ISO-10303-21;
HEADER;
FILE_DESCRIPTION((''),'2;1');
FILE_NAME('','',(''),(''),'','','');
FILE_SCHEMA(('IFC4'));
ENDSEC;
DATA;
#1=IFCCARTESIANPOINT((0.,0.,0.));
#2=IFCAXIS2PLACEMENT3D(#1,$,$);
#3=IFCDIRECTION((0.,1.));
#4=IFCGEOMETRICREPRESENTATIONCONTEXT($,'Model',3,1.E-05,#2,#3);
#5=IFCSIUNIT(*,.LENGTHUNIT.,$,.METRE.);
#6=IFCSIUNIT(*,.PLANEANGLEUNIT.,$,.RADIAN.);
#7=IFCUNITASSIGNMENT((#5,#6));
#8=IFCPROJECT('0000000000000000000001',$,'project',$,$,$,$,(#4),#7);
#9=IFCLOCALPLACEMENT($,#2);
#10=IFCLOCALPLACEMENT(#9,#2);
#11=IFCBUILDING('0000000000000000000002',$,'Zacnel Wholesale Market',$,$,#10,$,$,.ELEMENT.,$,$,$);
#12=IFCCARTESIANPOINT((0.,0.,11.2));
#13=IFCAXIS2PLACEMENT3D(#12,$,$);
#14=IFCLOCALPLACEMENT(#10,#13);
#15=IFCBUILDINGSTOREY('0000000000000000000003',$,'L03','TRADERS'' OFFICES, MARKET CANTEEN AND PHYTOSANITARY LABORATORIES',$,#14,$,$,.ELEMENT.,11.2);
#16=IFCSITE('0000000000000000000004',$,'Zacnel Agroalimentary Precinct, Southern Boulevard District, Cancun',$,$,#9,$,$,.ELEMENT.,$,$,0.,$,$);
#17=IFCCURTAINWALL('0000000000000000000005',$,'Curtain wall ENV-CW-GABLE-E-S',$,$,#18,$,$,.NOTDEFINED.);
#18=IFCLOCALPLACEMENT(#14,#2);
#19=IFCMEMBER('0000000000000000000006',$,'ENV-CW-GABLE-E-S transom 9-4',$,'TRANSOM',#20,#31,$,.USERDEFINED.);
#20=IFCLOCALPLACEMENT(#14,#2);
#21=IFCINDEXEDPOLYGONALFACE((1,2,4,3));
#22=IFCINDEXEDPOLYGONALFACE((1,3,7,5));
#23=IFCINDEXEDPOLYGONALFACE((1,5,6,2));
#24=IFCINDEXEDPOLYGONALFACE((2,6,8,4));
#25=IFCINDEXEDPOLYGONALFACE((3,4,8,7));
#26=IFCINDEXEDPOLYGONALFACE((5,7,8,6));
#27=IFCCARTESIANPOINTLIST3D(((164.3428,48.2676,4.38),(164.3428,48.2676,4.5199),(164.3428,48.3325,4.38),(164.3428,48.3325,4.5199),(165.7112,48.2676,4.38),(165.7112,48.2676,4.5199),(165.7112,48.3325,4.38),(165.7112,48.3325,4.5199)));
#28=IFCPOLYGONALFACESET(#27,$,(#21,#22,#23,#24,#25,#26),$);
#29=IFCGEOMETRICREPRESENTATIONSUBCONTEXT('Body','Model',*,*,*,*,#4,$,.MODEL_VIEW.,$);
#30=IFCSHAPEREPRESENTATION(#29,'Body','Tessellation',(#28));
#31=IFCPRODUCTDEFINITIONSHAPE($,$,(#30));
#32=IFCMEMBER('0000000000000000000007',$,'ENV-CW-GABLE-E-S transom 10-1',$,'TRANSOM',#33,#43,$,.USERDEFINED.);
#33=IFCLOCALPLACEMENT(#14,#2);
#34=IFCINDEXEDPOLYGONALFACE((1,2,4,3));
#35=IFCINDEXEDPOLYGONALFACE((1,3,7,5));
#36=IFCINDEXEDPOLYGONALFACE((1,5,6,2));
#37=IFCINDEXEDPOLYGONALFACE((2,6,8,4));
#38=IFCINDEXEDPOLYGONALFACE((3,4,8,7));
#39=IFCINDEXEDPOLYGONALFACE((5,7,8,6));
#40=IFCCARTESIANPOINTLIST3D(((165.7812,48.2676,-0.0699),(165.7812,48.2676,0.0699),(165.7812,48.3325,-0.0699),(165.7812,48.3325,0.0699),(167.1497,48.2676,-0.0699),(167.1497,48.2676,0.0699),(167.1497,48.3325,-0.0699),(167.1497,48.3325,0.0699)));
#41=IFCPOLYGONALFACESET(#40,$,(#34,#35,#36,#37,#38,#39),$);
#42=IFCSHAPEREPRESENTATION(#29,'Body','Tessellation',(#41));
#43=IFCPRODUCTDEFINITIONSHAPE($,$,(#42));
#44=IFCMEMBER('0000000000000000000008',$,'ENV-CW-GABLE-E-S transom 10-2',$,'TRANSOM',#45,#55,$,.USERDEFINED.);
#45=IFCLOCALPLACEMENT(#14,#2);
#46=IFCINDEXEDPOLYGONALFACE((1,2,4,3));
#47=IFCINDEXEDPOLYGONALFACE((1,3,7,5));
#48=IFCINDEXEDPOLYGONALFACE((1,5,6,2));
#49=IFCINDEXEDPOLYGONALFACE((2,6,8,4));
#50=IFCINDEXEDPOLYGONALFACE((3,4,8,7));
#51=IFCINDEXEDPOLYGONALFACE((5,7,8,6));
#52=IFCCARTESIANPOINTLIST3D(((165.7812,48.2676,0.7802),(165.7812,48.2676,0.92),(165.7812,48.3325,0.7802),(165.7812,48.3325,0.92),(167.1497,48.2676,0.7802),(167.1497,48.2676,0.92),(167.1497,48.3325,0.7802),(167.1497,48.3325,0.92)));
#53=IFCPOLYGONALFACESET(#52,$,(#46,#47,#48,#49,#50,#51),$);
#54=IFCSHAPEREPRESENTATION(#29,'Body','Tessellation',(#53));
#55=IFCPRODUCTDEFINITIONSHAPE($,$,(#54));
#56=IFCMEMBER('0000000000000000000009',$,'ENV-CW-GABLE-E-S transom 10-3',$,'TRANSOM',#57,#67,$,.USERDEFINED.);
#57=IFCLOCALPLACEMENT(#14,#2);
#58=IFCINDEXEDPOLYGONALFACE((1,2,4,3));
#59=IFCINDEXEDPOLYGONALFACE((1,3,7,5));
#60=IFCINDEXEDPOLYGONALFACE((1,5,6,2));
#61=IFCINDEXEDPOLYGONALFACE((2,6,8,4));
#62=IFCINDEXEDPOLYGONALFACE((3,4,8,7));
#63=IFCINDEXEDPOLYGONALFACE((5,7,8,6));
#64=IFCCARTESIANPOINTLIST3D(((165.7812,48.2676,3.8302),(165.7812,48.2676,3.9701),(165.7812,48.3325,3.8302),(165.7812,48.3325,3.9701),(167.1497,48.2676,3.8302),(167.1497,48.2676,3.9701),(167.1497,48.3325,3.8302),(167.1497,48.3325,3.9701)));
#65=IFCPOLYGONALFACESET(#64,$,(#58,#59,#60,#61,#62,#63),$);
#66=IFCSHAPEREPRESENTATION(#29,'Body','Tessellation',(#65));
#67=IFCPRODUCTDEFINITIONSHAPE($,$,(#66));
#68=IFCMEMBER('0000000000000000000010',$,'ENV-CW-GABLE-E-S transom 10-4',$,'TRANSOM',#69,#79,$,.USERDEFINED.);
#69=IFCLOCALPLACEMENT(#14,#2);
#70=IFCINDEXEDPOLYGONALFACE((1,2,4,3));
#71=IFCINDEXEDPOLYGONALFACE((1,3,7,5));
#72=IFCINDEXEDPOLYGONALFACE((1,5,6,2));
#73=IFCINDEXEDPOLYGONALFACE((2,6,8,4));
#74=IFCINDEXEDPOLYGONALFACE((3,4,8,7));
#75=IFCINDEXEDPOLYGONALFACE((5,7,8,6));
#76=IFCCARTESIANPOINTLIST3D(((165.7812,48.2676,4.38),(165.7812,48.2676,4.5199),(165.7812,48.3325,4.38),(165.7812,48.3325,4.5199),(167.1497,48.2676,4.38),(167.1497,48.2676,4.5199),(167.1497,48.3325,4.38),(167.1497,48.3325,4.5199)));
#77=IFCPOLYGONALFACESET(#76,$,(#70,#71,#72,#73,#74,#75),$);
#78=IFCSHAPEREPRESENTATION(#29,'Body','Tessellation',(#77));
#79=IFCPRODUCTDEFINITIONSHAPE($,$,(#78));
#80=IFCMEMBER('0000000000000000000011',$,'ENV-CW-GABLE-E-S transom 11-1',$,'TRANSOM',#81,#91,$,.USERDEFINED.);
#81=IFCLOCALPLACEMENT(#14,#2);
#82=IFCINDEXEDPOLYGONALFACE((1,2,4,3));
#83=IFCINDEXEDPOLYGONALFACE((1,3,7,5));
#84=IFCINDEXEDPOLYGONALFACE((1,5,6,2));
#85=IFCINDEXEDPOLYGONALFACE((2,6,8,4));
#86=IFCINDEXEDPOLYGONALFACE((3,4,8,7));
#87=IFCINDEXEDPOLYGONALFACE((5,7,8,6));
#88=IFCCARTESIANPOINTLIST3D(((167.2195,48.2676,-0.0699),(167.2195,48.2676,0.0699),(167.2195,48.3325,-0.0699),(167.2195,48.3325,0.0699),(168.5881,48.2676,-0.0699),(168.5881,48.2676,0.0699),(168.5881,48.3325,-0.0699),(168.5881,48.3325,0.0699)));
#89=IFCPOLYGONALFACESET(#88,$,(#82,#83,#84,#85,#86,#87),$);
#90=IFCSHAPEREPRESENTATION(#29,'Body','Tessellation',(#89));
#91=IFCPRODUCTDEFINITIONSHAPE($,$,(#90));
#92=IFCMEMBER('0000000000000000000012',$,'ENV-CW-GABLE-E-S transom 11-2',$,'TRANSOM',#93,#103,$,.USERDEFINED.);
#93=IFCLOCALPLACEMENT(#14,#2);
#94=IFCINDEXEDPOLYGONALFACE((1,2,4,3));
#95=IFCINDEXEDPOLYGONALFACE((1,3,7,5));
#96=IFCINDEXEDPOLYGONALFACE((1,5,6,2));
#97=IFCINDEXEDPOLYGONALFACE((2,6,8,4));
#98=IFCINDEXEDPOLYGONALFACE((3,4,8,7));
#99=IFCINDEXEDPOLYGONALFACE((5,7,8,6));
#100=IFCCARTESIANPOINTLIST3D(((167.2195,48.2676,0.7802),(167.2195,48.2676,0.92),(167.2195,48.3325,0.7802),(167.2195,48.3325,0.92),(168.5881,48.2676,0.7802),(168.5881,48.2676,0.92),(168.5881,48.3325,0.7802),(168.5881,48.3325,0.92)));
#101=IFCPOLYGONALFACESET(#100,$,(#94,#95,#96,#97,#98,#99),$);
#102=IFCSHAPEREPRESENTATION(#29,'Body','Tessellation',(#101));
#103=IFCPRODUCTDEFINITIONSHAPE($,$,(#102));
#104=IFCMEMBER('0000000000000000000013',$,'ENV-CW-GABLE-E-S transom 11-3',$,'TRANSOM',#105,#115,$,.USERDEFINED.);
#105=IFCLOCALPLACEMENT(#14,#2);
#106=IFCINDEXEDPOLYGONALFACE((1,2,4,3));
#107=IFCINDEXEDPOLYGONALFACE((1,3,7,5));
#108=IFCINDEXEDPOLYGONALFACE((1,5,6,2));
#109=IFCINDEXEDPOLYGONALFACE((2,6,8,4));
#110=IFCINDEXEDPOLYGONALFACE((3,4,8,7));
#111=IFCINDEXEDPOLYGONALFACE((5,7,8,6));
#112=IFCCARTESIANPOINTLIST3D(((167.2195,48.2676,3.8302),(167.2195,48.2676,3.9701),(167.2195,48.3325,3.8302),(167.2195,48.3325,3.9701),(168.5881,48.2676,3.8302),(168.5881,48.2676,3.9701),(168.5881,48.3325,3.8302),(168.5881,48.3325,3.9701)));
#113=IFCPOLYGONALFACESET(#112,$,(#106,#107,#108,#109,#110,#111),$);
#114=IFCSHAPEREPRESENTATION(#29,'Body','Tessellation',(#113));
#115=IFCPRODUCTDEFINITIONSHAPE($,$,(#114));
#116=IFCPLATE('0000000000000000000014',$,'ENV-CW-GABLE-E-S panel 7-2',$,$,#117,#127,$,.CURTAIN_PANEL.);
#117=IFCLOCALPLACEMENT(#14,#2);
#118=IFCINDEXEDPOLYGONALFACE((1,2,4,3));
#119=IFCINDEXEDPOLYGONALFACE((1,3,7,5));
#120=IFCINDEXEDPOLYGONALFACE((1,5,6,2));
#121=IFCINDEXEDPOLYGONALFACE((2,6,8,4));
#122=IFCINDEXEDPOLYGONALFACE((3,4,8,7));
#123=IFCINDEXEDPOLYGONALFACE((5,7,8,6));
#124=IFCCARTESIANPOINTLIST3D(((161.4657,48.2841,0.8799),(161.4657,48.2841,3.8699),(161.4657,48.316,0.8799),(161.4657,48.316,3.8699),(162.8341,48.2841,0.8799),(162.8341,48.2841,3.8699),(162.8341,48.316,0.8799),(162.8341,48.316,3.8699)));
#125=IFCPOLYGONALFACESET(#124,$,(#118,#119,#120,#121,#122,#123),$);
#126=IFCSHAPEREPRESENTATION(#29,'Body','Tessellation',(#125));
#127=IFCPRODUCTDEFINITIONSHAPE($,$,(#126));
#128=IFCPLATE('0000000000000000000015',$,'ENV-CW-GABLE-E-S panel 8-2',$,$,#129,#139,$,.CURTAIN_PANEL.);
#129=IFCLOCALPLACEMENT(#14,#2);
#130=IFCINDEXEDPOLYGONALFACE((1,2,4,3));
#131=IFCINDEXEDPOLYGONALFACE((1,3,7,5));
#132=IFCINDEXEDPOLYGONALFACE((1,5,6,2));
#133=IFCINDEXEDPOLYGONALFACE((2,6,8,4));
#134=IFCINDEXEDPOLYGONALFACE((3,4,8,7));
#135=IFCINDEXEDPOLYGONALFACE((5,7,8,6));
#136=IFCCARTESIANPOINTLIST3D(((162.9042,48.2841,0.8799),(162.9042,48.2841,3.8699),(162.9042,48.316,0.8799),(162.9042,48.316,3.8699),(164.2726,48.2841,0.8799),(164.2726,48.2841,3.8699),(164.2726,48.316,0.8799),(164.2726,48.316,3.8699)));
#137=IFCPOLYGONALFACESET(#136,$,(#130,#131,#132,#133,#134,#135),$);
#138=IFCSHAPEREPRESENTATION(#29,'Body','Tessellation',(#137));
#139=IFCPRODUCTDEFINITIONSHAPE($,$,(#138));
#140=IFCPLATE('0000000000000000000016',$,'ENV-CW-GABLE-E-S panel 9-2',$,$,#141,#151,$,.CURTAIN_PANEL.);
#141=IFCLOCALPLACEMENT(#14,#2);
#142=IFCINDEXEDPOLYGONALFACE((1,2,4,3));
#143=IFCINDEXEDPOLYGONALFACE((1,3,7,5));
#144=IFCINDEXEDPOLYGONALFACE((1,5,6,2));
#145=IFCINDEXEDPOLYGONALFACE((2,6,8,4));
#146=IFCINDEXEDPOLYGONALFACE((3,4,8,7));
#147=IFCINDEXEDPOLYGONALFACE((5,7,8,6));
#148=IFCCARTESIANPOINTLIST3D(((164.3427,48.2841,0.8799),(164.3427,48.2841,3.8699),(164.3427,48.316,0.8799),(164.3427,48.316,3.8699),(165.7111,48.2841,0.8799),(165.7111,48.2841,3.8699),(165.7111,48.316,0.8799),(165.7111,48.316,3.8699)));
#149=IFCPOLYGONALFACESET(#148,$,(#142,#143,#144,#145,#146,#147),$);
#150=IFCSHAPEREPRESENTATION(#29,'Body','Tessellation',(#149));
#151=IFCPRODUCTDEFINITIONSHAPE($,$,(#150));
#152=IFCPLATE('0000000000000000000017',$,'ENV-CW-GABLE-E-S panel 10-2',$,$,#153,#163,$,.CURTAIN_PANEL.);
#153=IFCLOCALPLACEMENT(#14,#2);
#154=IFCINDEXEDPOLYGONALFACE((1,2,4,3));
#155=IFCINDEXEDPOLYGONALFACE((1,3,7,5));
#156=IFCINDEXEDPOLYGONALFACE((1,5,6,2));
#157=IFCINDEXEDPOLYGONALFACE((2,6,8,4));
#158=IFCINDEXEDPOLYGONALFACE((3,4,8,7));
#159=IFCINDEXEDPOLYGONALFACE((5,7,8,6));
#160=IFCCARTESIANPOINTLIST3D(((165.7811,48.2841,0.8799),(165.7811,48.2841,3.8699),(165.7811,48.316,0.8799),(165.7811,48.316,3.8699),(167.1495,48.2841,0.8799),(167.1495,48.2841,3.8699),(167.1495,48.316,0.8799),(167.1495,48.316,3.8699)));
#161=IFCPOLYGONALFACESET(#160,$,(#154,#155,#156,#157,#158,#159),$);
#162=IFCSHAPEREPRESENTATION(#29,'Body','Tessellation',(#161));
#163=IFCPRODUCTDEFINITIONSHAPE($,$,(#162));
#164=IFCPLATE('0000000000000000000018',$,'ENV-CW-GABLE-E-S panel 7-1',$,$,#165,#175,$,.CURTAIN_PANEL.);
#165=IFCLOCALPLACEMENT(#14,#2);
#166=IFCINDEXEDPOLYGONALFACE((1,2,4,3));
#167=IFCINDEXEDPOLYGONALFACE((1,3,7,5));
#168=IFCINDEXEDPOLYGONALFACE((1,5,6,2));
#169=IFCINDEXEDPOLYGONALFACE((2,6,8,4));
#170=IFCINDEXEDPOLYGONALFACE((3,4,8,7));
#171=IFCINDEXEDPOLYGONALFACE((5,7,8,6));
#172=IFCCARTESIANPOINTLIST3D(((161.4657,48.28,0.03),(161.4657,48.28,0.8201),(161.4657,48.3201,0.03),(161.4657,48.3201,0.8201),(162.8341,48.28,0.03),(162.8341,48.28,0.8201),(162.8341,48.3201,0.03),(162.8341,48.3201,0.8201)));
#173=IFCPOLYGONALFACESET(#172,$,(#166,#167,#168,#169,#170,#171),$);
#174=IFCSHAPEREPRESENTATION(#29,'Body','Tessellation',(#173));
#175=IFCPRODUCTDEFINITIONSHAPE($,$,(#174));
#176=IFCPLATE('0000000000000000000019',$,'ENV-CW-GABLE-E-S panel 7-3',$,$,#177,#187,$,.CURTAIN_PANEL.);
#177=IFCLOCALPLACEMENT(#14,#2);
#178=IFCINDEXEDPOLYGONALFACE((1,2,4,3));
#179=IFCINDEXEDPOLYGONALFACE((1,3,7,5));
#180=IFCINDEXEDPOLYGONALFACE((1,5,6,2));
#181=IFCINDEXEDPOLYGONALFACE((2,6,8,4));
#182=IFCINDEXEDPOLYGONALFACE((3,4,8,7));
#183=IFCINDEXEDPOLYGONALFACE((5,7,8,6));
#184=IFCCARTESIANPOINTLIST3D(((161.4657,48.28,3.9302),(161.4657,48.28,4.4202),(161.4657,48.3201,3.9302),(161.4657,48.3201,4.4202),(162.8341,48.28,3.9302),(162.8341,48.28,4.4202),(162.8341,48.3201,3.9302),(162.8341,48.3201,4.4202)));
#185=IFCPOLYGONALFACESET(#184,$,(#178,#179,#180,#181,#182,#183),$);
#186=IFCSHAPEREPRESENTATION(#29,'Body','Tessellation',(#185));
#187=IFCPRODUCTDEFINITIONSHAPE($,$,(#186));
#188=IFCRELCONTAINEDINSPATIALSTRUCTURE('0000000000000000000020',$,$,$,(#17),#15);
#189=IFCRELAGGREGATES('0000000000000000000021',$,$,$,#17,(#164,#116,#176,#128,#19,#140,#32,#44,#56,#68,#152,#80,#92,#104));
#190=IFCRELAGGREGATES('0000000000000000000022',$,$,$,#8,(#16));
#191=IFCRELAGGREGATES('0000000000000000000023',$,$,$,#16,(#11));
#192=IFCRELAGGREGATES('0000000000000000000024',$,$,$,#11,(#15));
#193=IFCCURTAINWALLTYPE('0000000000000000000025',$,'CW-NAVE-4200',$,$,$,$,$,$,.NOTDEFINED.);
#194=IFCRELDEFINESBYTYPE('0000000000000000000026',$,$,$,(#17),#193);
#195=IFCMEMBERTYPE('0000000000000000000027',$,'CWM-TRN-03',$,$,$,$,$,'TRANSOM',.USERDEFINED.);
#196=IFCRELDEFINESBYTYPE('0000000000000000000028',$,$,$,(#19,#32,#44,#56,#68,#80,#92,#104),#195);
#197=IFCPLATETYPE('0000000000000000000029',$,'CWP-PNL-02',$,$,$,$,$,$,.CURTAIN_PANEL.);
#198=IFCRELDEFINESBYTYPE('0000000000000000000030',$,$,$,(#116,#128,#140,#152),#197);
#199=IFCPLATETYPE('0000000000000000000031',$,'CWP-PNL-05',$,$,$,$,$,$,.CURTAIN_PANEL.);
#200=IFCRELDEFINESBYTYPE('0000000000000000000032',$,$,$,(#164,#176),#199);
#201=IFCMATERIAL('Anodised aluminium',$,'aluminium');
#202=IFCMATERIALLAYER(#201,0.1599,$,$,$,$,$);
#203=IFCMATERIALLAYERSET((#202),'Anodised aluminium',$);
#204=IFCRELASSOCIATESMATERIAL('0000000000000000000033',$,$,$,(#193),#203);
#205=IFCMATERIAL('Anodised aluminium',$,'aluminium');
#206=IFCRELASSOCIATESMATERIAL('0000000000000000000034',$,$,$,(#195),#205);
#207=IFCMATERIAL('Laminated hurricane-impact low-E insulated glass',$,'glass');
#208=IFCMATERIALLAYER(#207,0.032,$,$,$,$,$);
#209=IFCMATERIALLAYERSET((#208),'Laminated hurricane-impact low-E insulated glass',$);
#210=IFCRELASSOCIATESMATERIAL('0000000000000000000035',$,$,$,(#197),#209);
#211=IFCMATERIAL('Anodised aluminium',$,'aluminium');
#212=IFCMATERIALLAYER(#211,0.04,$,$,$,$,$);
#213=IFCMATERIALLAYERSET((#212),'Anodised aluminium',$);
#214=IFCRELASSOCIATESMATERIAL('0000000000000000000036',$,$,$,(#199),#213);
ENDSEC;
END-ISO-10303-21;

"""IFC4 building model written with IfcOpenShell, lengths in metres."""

from ifc_helpers import new_model, si_unit, direction, frame, origin, origin_2d, place, context, subcontext, project, spatial, rectangle, extrude, material, layer, layer_set, material_profile, profile_set, type_object, element, aggregate, save


model = new_model("IFC4")

# Units and contexts
model_context = context("Model", 3, precision=1e-05, world=origin(), true_north=direction((0.0, 1.0)))
body_context = subcontext(model_context, "Body", "Model", "MODEL_VIEW")
ifc_project = project(units=[si_unit("LENGTHUNIT", "METRE"), si_unit("PLANEANGLEUNIT", "RADIAN")], contexts=[model_context])

# Site, building, storey
site_placement = place(None, origin())
site = spatial("IfcSite", under=ifc_project, at=site_placement, Name="Zacnel Agroalimentary Precinct, Southern Boulevard District, Cancun", CompositionType="ELEMENT", RefElevation=0.0)
building_placement = place(site_placement, origin())
building = spatial("IfcBuilding", under=site, at=building_placement, Name="Zacnel Wholesale Market", CompositionType="ELEMENT")
storey_placement = place(building_placement, frame((0.0, 0.0, 11.2)))
storey = spatial("IfcBuildingStorey", under=building, at=storey_placement, Name="L03", Description="TRADERS' OFFICES, MARKET CANTEEN AND PHYTOSANITARY LABORATORIES", CompositionType="ELEMENT", Elevation=11.2)

# Curtain wall, members, plates
ifc_material_1 = material(Name="Anodised aluminium", Category="aluminium")
ifc_layer_1 = layer(ifc_material_1, 0.1599)
ifc_layer_set_1 = layer_set([ifc_layer_1], Name="Anodised aluminium")
curtain_wall_type = type_object("IfcCurtainWallType", Name="CW-NAVE-4200", PredefinedType="NOTDEFINED", material=ifc_layer_set_1)
curtain_wall_placement = place(storey_placement, origin())
curtain_wall = element("IfcCurtainWall", 1, at=curtain_wall_placement, inside=storey, type_object=curtain_wall_type, Name="Curtain wall ENV-CW-GABLE-E-S", PredefinedType="NOTDEFINED")
ifc_material_2 = material(Name="Anodised aluminium", Category="aluminium")
ifc_material_profile_1 = material_profile(ifc_material_2, rectangle(XDim=0.0649, YDim=0.1399, at=origin_2d()), Name="AW-TRANSOM 65x140")
ifc_profile_set_1 = profile_set([ifc_material_profile_1], Name="Anodised aluminium")
member_type_1 = type_object("IfcMemberType", Name="CWM-TRN-03", ElementType="TRANSOM", PredefinedType="USERDEFINED", material=ifc_profile_set_1)
member_1_placement = place(storey_placement, frame((164.3428, 48.3, 4.45), z_axis=(1.0, 0.0, 0.0), x_axis=(0.0, 1.0, 0.0)))
member_1 = element("IfcMember", 2, at=member_1_placement, type_object=member_type_1, Name="ENV-CW-GABLE-E-S transom 9-4", ObjectType="TRANSOM", PredefinedType="USERDEFINED", context=body_context, shape_type="SweptSolid", body=[
    extrude(rectangle(XDim=0.0649, YDim=0.1399, at=origin_2d()), origin(), (0.0, 0.0, 1.0), 1.3684),
])
member_2_placement = place(storey_placement, frame((165.7812, 48.3, 0.0), z_axis=(1.0, 0.0, 0.0), x_axis=(0.0, 1.0, 0.0)))
member_2 = element("IfcMember", 3, at=member_2_placement, type_object=member_type_1, Name="ENV-CW-GABLE-E-S transom 10-1", ObjectType="TRANSOM", PredefinedType="USERDEFINED", context=body_context, shape_type="SweptSolid", body=[
    extrude(rectangle(XDim=0.0649, YDim=0.1399, at=origin_2d()), origin(), (0.0, 0.0, 1.0), 1.3684),
])
member_3_placement = place(storey_placement, frame((165.7812, 48.3, 0.8501), z_axis=(1.0, 0.0, 0.0), x_axis=(0.0, 1.0, 0.0)))
member_3 = element("IfcMember", 4, at=member_3_placement, type_object=member_type_1, Name="ENV-CW-GABLE-E-S transom 10-2", ObjectType="TRANSOM", PredefinedType="USERDEFINED", context=body_context, shape_type="SweptSolid", body=[
    extrude(rectangle(XDim=0.0649, YDim=0.1399, at=origin_2d()), origin(), (0.0, 0.0, 1.0), 1.3684),
])
member_4_placement = place(storey_placement, frame((165.7812, 48.3, 3.9001), z_axis=(1.0, 0.0, 0.0), x_axis=(0.0, 1.0, 0.0)))
member_4 = element("IfcMember", 5, at=member_4_placement, type_object=member_type_1, Name="ENV-CW-GABLE-E-S transom 10-3", ObjectType="TRANSOM", PredefinedType="USERDEFINED", context=body_context, shape_type="SweptSolid", body=[
    extrude(rectangle(XDim=0.0649, YDim=0.1399, at=origin_2d()), origin(), (0.0, 0.0, 1.0), 1.3684),
])
member_5_placement = place(storey_placement, frame((165.7812, 48.3, 4.45), z_axis=(1.0, 0.0, 0.0), x_axis=(0.0, 1.0, 0.0)))
member_5 = element("IfcMember", 6, at=member_5_placement, type_object=member_type_1, Name="ENV-CW-GABLE-E-S transom 10-4", ObjectType="TRANSOM", PredefinedType="USERDEFINED", context=body_context, shape_type="SweptSolid", body=[
    extrude(rectangle(XDim=0.0649, YDim=0.1399, at=origin_2d()), origin(), (0.0, 0.0, 1.0), 1.3684),
])
member_6_placement = place(storey_placement, frame((167.2195, 48.3, 0.0), z_axis=(1.0, 0.0, 0.0), x_axis=(0.0, 1.0, 0.0)))
member_6 = element("IfcMember", 7, at=member_6_placement, type_object=member_type_1, Name="ENV-CW-GABLE-E-S transom 11-1", ObjectType="TRANSOM", PredefinedType="USERDEFINED", context=body_context, shape_type="SweptSolid", body=[
    extrude(rectangle(XDim=0.0649, YDim=0.1399, at=origin_2d()), origin(), (0.0, 0.0, 1.0), 1.3687),
])
member_7_placement = place(storey_placement, frame((167.2195, 48.3, 0.8501), z_axis=(1.0, 0.0, 0.0), x_axis=(0.0, 1.0, 0.0)))
member_7 = element("IfcMember", 8, at=member_7_placement, type_object=member_type_1, Name="ENV-CW-GABLE-E-S transom 11-2", ObjectType="TRANSOM", PredefinedType="USERDEFINED", context=body_context, shape_type="SweptSolid", body=[
    extrude(rectangle(XDim=0.0649, YDim=0.1399, at=origin_2d()), origin(), (0.0, 0.0, 1.0), 1.3687),
])
member_8_placement = place(storey_placement, frame((167.2195, 48.3, 3.9001), z_axis=(1.0, 0.0, 0.0), x_axis=(0.0, 1.0, 0.0)))
member_8 = element("IfcMember", 9, at=member_8_placement, type_object=member_type_1, Name="ENV-CW-GABLE-E-S transom 11-3", ObjectType="TRANSOM", PredefinedType="USERDEFINED", context=body_context, shape_type="SweptSolid", body=[
    extrude(rectangle(XDim=0.0649, YDim=0.1399, at=origin_2d()), origin(), (0.0, 0.0, 1.0), 1.3687),
])
ifc_material_3 = material(Name="Laminated hurricane-impact low-E insulated glass", Category="glass")
ifc_layer_2 = layer(ifc_material_3, 0.032)
ifc_layer_set_2 = layer_set([ifc_layer_2], Name="Laminated hurricane-impact low-E insulated glass")
plate_type_1 = type_object("IfcPlateType", Name="CWP-PNL-02", PredefinedType="CURTAIN_PANEL", material=ifc_layer_set_2)
plate_1_placement = place(storey_placement, frame((162.1499, 48.3, 0.8799), z_axis=(0.0, 0.0, 1.0), x_axis=(1.0, 0.0, 0.0)))
plate_1 = element("IfcPlate", 10, at=plate_1_placement, type_object=plate_type_1, Name="ENV-CW-GABLE-E-S panel 7-2", PredefinedType="CURTAIN_PANEL", context=body_context, shape_type="SweptSolid", body=[
    extrude(rectangle(XDim=1.3684, YDim=0.032, at=origin_2d()), origin(), (0.0, 0.0, 1.0), 2.99),
])
plate_2_placement = place(storey_placement, frame((163.5884, 48.3, 0.8799), z_axis=(0.0, 0.0, 1.0), x_axis=(1.0, 0.0, 0.0)))
plate_2 = element("IfcPlate", 11, at=plate_2_placement, type_object=plate_type_1, Name="ENV-CW-GABLE-E-S panel 8-2", PredefinedType="CURTAIN_PANEL", context=body_context, shape_type="SweptSolid", body=[
    extrude(rectangle(XDim=1.3684, YDim=0.032, at=origin_2d()), origin(), (0.0, 0.0, 1.0), 2.99),
])
plate_3_placement = place(storey_placement, frame((165.0269, 48.3, 0.8799), z_axis=(0.0, 0.0, 1.0), x_axis=(1.0, 0.0, 0.0)))
plate_3 = element("IfcPlate", 12, at=plate_3_placement, type_object=plate_type_1, Name="ENV-CW-GABLE-E-S panel 9-2", PredefinedType="CURTAIN_PANEL", context=body_context, shape_type="SweptSolid", body=[
    extrude(rectangle(XDim=1.3684, YDim=0.032, at=origin_2d()), origin(), (0.0, 0.0, 1.0), 2.99),
])
plate_4_placement = place(storey_placement, frame((166.4653, 48.3, 0.8799), z_axis=(0.0, 0.0, 1.0), x_axis=(1.0, 0.0, 0.0)))
plate_4 = element("IfcPlate", 13, at=plate_4_placement, type_object=plate_type_1, Name="ENV-CW-GABLE-E-S panel 10-2", PredefinedType="CURTAIN_PANEL", context=body_context, shape_type="SweptSolid", body=[
    extrude(rectangle(XDim=1.3684, YDim=0.032, at=origin_2d()), origin(), (0.0, 0.0, 1.0), 2.99),
])
ifc_material_4 = material(Name="Anodised aluminium", Category="aluminium")
ifc_layer_3 = layer(ifc_material_4, 0.04)
ifc_layer_set_3 = layer_set([ifc_layer_3], Name="Anodised aluminium")
plate_type_2 = type_object("IfcPlateType", Name="CWP-PNL-05", PredefinedType="CURTAIN_PANEL", material=ifc_layer_set_3)
plate_5_placement = place(storey_placement, frame((162.1499, 48.3, 0.03), z_axis=(0.0, 0.0, 1.0), x_axis=(1.0, 0.0, 0.0)))
plate_5 = element("IfcPlate", 14, at=plate_5_placement, type_object=plate_type_2, Name="ENV-CW-GABLE-E-S panel 7-1", PredefinedType="CURTAIN_PANEL", context=body_context, shape_type="SweptSolid", body=[
    extrude(rectangle(XDim=1.3684, YDim=0.04, at=origin_2d()), origin(), (0.0, 0.0, 1.0), 0.79),
])
plate_6_placement = place(storey_placement, frame((162.1499, 48.3, 3.9302), z_axis=(0.0, 0.0, 1.0), x_axis=(1.0, 0.0, 0.0)))
plate_6 = element("IfcPlate", 15, at=plate_6_placement, type_object=plate_type_2, Name="ENV-CW-GABLE-E-S panel 7-3", PredefinedType="CURTAIN_PANEL", context=body_context, shape_type="SweptSolid", body=[
    extrude(rectangle(XDim=1.3684, YDim=0.04, at=origin_2d()), origin(), (0.0, 0.0, 1.0), 0.49),
])
aggregate(curtain_wall, [plate_5, plate_1, plate_6, plate_2, member_1, plate_3, member_2, member_3, member_4, member_5, plate_4, member_6, member_7, member_8])

save(model, "model.ifc")
